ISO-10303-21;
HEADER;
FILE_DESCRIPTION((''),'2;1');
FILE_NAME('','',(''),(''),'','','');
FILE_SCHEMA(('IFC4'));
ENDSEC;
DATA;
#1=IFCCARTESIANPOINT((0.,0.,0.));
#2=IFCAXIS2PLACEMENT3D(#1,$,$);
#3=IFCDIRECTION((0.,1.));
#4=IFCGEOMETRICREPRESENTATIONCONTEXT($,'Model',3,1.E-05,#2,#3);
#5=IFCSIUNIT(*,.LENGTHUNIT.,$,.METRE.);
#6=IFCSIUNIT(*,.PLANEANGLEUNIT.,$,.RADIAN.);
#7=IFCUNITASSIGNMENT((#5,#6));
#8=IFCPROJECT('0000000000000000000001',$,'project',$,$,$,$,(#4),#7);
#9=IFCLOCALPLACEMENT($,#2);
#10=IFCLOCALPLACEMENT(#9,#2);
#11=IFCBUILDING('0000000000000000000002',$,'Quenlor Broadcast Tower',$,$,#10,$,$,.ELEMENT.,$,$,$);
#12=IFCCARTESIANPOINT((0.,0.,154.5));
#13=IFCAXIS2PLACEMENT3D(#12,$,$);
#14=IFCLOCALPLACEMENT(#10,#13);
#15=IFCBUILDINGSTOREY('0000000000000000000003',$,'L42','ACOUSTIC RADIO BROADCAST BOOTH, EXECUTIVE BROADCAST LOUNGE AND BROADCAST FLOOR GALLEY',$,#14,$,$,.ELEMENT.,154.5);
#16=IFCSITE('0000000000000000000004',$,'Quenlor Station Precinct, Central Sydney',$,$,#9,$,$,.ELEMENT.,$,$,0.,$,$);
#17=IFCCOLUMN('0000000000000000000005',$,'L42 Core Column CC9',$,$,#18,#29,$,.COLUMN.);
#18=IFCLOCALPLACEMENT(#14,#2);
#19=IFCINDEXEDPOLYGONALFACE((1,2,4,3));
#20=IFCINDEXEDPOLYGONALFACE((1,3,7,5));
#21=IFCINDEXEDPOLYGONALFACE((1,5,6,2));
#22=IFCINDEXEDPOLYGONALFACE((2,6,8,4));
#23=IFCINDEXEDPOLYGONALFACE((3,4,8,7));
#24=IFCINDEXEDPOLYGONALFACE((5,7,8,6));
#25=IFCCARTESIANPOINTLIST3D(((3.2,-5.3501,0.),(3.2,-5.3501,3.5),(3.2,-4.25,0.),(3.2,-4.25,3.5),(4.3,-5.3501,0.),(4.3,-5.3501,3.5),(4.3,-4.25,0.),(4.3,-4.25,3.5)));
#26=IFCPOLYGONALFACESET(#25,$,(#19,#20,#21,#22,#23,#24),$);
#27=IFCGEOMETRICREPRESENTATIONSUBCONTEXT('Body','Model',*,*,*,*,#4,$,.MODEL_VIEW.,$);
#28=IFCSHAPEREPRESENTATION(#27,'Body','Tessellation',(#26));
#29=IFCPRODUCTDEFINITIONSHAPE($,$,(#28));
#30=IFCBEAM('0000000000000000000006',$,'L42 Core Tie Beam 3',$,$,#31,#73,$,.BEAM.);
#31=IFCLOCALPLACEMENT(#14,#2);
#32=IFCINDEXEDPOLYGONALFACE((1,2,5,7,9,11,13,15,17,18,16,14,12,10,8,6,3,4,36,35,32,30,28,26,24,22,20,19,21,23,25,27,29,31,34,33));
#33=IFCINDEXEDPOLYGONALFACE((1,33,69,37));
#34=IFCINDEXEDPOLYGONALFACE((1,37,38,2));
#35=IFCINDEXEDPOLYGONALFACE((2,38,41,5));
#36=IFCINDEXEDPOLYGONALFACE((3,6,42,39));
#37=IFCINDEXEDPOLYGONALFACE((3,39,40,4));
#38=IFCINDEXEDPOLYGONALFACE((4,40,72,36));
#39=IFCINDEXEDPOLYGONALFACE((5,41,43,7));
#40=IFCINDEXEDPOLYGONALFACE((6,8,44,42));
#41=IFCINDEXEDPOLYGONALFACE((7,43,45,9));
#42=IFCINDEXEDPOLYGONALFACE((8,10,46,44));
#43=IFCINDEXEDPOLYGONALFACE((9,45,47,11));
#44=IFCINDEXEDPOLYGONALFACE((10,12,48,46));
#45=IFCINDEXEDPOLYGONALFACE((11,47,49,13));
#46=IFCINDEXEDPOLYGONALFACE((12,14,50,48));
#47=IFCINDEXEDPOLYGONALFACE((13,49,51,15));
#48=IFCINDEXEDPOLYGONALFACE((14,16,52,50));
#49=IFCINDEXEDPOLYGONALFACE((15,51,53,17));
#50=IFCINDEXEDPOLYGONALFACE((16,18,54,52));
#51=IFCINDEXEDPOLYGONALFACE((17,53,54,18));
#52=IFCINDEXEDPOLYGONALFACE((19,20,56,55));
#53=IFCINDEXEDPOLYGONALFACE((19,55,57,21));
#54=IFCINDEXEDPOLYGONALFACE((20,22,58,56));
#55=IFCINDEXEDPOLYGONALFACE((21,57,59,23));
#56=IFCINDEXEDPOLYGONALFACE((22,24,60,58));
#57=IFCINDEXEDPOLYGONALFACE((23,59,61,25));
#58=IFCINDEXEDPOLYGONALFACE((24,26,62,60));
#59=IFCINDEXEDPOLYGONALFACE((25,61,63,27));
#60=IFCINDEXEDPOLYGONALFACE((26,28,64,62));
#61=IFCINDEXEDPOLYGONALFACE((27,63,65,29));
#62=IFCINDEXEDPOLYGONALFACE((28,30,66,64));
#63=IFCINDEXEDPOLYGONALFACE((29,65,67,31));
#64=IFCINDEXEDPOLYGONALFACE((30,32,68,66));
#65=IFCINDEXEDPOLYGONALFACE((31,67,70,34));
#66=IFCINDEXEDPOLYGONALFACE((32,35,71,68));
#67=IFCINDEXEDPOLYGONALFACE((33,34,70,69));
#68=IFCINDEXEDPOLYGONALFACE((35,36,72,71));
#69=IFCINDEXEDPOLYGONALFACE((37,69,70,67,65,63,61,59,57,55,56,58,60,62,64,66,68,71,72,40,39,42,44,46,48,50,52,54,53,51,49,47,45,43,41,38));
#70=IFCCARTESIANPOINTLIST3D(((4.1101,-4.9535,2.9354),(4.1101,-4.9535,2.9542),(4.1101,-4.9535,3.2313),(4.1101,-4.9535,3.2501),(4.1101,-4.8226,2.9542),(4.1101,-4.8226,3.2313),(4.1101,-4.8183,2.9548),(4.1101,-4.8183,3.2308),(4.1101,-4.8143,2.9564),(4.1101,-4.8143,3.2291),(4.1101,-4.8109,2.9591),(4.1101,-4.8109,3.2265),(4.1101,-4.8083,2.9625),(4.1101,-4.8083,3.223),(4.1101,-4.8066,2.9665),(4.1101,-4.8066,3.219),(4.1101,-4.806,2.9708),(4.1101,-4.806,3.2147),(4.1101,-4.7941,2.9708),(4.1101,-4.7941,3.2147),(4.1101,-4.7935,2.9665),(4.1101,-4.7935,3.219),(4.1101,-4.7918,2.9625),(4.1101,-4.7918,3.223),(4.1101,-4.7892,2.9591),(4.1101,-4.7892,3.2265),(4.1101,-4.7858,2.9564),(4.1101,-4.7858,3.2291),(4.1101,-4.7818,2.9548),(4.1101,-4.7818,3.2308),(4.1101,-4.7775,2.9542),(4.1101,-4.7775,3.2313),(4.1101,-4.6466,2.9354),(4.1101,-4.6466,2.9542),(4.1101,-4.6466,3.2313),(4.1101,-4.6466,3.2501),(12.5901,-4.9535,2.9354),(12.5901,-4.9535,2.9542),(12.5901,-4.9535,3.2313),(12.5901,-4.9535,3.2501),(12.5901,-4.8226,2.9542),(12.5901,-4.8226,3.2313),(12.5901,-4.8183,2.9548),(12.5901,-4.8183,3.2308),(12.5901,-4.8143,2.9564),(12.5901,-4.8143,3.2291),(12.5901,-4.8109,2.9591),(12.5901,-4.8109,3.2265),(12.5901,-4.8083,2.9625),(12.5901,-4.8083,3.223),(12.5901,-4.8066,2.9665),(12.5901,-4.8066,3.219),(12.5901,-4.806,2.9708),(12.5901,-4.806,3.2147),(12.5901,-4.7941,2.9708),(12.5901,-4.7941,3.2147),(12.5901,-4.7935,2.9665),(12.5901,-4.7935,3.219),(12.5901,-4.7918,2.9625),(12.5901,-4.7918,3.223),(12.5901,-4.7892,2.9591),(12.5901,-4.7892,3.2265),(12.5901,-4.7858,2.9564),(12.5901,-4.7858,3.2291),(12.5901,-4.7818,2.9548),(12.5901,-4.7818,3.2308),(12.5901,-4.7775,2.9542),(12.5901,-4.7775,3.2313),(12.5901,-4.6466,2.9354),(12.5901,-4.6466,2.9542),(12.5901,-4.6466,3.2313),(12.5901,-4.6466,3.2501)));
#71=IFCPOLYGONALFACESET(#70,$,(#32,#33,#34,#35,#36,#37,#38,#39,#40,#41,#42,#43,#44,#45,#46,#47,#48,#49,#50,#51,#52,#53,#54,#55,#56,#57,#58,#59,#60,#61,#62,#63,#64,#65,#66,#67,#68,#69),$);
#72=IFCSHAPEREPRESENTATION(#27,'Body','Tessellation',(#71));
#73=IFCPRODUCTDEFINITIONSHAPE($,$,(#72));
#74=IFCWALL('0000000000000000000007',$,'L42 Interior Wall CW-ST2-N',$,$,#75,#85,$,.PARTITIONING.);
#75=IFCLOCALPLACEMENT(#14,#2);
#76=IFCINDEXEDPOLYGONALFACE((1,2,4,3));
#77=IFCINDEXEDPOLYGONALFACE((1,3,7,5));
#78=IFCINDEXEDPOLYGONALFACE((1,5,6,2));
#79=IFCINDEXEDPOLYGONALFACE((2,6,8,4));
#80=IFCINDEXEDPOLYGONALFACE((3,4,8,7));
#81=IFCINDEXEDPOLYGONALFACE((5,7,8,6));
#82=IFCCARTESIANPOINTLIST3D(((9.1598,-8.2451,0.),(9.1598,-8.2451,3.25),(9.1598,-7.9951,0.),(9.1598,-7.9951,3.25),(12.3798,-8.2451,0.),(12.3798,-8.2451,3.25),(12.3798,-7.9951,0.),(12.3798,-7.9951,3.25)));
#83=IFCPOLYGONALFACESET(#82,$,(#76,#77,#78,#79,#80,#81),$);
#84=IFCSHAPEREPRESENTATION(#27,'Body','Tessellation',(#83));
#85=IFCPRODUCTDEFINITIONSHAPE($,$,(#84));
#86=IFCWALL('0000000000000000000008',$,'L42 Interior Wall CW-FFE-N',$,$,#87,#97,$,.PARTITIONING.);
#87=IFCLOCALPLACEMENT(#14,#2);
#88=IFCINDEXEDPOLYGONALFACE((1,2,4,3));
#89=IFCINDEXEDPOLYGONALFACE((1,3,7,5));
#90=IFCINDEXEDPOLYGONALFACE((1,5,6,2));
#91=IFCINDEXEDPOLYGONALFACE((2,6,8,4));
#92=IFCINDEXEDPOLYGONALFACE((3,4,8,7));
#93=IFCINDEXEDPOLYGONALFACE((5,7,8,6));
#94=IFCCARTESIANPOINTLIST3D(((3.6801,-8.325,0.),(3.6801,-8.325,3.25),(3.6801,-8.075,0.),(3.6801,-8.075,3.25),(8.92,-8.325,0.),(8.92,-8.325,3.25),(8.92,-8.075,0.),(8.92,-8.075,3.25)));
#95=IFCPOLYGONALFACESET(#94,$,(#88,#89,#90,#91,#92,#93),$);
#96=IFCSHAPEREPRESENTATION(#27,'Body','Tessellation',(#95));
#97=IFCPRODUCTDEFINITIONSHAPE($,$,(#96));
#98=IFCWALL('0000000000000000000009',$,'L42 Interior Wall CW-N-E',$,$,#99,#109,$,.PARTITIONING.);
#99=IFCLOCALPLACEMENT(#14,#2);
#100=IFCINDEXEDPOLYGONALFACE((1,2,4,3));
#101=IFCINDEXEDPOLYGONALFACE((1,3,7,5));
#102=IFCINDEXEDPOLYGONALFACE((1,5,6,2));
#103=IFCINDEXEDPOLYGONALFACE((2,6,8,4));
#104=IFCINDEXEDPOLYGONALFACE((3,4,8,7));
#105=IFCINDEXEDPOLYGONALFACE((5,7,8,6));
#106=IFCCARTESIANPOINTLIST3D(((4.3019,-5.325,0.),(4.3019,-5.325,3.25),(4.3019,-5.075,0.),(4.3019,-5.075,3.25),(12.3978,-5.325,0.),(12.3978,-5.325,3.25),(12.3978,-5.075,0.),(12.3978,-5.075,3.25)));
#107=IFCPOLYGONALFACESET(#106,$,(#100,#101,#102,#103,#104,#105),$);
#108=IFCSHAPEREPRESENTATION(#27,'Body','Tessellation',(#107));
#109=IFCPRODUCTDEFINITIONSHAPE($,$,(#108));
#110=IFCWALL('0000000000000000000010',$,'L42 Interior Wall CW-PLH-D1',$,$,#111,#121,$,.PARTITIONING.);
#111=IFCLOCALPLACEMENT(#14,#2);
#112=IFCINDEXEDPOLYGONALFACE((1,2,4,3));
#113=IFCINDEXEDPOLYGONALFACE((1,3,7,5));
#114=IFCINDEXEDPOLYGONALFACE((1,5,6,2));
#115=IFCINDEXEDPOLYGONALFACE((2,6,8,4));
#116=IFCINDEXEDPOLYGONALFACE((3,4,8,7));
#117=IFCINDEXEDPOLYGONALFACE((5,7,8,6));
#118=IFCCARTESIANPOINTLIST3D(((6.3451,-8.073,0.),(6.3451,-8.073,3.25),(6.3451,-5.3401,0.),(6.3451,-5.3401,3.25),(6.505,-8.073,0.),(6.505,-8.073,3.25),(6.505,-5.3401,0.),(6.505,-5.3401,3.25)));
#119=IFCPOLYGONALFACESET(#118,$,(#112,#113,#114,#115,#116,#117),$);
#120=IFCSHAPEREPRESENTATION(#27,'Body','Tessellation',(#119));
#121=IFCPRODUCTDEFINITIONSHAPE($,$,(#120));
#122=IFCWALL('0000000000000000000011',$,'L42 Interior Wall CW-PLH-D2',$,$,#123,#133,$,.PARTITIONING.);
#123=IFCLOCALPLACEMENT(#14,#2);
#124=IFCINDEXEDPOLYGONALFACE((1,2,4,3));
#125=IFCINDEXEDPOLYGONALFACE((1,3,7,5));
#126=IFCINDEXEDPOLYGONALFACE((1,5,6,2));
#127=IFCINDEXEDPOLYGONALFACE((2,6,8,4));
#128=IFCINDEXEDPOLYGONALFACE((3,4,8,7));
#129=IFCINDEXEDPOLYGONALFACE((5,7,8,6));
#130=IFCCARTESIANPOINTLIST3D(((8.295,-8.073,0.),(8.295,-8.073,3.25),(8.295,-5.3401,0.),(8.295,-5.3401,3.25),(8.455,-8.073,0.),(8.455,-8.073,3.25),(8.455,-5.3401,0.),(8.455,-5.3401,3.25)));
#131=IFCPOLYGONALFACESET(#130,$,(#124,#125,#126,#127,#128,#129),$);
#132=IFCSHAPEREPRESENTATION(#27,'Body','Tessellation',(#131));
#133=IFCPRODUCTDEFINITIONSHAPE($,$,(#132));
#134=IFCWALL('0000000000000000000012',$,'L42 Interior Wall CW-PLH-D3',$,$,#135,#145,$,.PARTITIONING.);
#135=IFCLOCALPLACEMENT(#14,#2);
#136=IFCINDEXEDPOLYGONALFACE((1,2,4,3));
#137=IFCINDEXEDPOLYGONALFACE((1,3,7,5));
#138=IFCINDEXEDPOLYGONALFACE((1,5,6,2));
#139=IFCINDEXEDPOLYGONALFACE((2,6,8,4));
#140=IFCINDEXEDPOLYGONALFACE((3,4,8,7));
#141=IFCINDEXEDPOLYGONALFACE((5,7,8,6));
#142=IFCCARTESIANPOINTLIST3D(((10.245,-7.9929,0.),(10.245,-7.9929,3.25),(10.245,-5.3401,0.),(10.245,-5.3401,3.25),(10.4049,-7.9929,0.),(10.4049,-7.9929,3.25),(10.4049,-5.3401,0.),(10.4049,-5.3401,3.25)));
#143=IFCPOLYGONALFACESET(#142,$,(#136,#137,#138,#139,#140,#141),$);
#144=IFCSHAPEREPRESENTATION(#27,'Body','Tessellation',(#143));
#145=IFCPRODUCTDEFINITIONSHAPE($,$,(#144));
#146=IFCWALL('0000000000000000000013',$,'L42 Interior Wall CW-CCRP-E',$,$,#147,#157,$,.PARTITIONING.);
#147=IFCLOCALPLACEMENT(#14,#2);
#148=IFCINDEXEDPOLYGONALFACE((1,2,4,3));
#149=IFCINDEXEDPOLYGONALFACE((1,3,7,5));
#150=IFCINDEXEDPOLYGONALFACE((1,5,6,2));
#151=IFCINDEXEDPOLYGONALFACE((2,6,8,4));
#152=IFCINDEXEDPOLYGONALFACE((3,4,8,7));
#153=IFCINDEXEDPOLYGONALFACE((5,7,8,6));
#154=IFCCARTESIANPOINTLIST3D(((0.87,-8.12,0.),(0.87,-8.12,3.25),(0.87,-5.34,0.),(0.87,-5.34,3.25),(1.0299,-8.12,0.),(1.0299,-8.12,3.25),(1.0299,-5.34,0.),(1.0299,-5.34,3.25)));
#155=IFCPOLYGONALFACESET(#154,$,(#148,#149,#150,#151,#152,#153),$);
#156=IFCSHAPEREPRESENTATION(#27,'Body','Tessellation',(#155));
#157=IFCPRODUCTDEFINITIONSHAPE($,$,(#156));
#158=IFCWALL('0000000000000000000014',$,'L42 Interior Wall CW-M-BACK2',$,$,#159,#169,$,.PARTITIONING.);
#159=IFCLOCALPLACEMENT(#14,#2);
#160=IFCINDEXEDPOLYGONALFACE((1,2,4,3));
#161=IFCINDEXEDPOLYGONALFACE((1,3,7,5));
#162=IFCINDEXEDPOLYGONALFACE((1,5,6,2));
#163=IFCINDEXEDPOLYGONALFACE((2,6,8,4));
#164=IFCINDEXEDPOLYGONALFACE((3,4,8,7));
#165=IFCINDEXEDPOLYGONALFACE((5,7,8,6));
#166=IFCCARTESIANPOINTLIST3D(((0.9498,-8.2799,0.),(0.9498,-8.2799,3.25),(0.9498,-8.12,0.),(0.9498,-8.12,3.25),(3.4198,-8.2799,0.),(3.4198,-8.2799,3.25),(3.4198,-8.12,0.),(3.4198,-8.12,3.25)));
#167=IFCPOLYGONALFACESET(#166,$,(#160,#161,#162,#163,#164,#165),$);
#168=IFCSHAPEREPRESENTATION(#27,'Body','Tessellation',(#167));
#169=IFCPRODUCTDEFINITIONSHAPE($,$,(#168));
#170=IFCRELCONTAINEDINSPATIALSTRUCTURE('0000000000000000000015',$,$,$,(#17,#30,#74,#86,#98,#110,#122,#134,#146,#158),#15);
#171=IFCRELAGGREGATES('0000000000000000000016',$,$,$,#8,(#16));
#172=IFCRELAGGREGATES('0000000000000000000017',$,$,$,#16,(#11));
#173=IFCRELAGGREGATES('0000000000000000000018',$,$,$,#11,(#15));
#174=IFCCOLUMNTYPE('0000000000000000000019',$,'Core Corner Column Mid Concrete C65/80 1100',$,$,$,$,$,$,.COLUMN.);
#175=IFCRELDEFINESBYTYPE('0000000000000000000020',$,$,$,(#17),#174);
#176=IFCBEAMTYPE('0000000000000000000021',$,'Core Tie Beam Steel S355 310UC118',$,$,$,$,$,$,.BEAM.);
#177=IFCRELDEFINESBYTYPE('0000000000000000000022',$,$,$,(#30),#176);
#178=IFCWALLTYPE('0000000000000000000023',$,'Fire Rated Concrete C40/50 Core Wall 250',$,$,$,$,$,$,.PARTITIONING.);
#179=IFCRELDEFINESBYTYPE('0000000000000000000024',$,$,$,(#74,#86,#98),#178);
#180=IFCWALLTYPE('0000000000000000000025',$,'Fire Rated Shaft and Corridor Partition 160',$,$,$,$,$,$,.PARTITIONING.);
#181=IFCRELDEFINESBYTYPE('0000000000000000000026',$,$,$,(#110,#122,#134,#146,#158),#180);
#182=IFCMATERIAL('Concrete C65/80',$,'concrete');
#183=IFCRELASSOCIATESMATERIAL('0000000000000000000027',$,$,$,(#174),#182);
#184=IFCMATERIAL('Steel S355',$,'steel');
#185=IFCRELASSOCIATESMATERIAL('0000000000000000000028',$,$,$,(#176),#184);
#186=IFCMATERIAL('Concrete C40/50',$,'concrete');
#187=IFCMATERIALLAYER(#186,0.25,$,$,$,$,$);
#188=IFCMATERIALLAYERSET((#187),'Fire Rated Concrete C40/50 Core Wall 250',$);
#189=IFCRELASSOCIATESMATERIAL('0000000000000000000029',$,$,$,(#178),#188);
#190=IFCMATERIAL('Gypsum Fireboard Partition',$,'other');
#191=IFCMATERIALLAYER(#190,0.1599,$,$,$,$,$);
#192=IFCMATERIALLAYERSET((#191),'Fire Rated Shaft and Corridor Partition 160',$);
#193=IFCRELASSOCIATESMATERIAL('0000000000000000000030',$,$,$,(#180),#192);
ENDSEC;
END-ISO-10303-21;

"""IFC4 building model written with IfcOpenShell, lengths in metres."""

from ifc_helpers import new_model, si_unit, direction, frame, frame_2d, origin, origin_2d, place, context, subcontext, project, spatial, rectangle, i_section, extrude, material, layer, layer_set, material_profile, profile_set, type_object, element, save


model = new_model("IFC4")

# Units and contexts
model_context = context("Model", 3, precision=1e-05, world=origin(), true_north=direction((0.0, 1.0)))
body_context = subcontext(model_context, "Body", "Model", "MODEL_VIEW")
ifc_project = project(units=[si_unit("LENGTHUNIT", "METRE"), si_unit("PLANEANGLEUNIT", "RADIAN")], contexts=[model_context])

# Site, building, storey
site_placement = place(None, origin())
site = spatial("IfcSite", under=ifc_project, at=site_placement, Name="Quenlor Station Precinct, Central Sydney", CompositionType="ELEMENT", RefElevation=0.0)
building_placement = place(site_placement, origin())
building = spatial("IfcBuilding", under=site, at=building_placement, Name="Quenlor Broadcast Tower", CompositionType="ELEMENT")
storey_placement = place(building_placement, frame((0.0, 0.0, 154.5)))
storey = spatial("IfcBuildingStorey", under=building, at=storey_placement, Name="L42", Description="ACOUSTIC RADIO BROADCAST BOOTH, EXECUTIVE BROADCAST LOUNGE AND BROADCAST FLOOR GALLEY", CompositionType="ELEMENT", Elevation=154.5)

# Column
ifc_material_1 = material(Name="Concrete C65/80", Category="concrete")
ifc_material_profile_1 = material_profile(ifc_material_1, rectangle(XDim=1.1001, YDim=1.1001, at=origin_2d()))
ifc_profile_set_1 = profile_set([ifc_material_profile_1], Name="Concrete C65/80 RC1100x1100")
column_type = type_object("IfcColumnType", Name="Core Corner Column Mid Concrete C65/80 1100", PredefinedType="COLUMN", material=ifc_profile_set_1)
column_placement = place(storey_placement, frame((3.75, -4.8, 0.0), z_axis=(0.0, 0.0, 1.0), x_axis=(1.0, 0.0, 0.0)))
element("IfcColumn", 1, at=column_placement, inside=storey, type_object=column_type, Name="L42 Core Column CC9", PredefinedType="COLUMN", context=body_context, shape_type="SweptSolid", body=[
    extrude(rectangle(XDim=1.1001, YDim=1.1001, at=origin_2d()), origin(), (0.0, 0.0, 1.0), 3.5),
])

# Beam
ifc_material_2 = material(Name="Steel S355", Category="steel")
ifc_material_profile_2 = material_profile(ifc_material_2, i_section(OverallWidth=0.3069, OverallDepth=0.3147, WebThickness=0.012, FlangeThickness=0.0188, FilletRadius=0.0166, at=origin_2d()))
ifc_profile_set_2 = profile_set([ifc_material_profile_2], Name="Steel S355 310UC118")
beam_type = type_object("IfcBeamType", Name="Core Tie Beam Steel S355 310UC118", PredefinedType="BEAM", material=ifc_profile_set_2)
beam_placement = place(storey_placement, frame((4.1101, -4.8, 3.0928), z_axis=(1.0, 0.0, 0.0), x_axis=(0.0, 1.0, 0.0)))
element("IfcBeam", 2, at=beam_placement, inside=storey, type_object=beam_type, Name="L42 Core Tie Beam 3", PredefinedType="BEAM", context=body_context, shape_type="SweptSolid", body=[
    extrude(i_section(OverallWidth=0.3069, OverallDepth=0.3147, WebThickness=0.012, FlangeThickness=0.0188, FilletRadius=0.0166, at=origin_2d()), origin(), (0.0, 0.0, 1.0), 8.48),
])

# Shared definitions
ifc_material_3 = material(Name="Concrete C40/50", Category="concrete")
ifc_layer_1 = layer(ifc_material_3, 0.25)
ifc_layer_set_1 = layer_set([ifc_layer_1], Name="Fire Rated Concrete C40/50 Core Wall 250")
wall_type_1 = type_object("IfcWallType", Name="Fire Rated Concrete C40/50 Core Wall 250", PredefinedType="PARTITIONING", material=ifc_layer_set_1)

# Walls
wall_1_placement = place(storey_placement, frame((9.1599, -8.1201, 0.0), z_axis=(0.0, 0.0, 1.0), x_axis=(1.0, 0.0, 0.0)))
element("IfcWall", 3, at=wall_1_placement, inside=storey, type_object=wall_type_1, Name="L42 Interior Wall CW-ST2-N", PredefinedType="PARTITIONING", context=body_context, shape_type="SweptSolid", body=[
    extrude(rectangle(XDim=3.22, YDim=0.25, at=frame_2d((1.6099, 0.0))), origin(), (0.0, 0.0, 1.0), 3.25),
])
wall_2_placement = place(storey_placement, frame((3.6799, -8.2, 0.0), z_axis=(0.0, 0.0, 1.0), x_axis=(1.0, 0.0, 0.0)))
element("IfcWall", 4, at=wall_2_placement, inside=storey, type_object=wall_type_1, Name="L42 Interior Wall CW-FFE-N", PredefinedType="PARTITIONING", context=body_context, shape_type="SweptSolid", body=[
    extrude(rectangle(XDim=5.24, YDim=0.25, at=frame_2d((2.6201, 0.0))), origin(), (0.0, 0.0, 1.0), 3.25),
])
wall_3_placement = place(storey_placement, frame((4.302, -5.2, 0.0), z_axis=(0.0, 0.0, 1.0), x_axis=(1.0, 0.0, 0.0)))
element("IfcWall", 5, at=wall_3_placement, inside=storey, type_object=wall_type_1, Name="L42 Interior Wall CW-N-E", PredefinedType="PARTITIONING", context=body_context, shape_type="SweptSolid", body=[
    extrude(rectangle(XDim=8.0959, YDim=0.25, at=frame_2d((4.0479, 0.0))), origin(), (0.0, 0.0, 1.0), 3.25),
])

# Walls
ifc_material_4 = material(Name="Gypsum Fireboard Partition", Category="other")
ifc_layer_2 = layer(ifc_material_4, 0.1599)
ifc_layer_set_2 = layer_set([ifc_layer_2], Name="Fire Rated Shaft and Corridor Partition 160")
wall_type_2 = type_object("IfcWallType", Name="Fire Rated Shaft and Corridor Partition 160", PredefinedType="PARTITIONING", material=ifc_layer_set_2)
for number, where, z_axis, x_axis, name in (
    (6, (6.425, -8.073, 0.0), (0.0, 0.0, 1.0), (0.0, 1.0, 0.0), "L42 Interior Wall CW-PLH-D1"),
    (7, (8.375, -8.073, 0.0), (0.0, 0.0, 1.0), (0.0, 1.0, 0.0), "L42 Interior Wall CW-PLH-D2"),
):
    element("IfcWall", number, at=place(storey_placement, frame(where, z_axis=z_axis, x_axis=x_axis)), inside=storey, type_object=wall_type_2, Name=name, PredefinedType="PARTITIONING", context=body_context, shape_type="SweptSolid", body=[
        extrude(rectangle(XDim=2.7329, YDim=0.1599, at=frame_2d((1.3665, 0.0))), origin(), (0.0, 0.0, 1.0), 3.25),
    ])
wall_4_placement = place(storey_placement, frame((10.325, -7.9929, 0.0), z_axis=(0.0, 0.0, 1.0), x_axis=(0.0, 1.0, 0.0)))
element("IfcWall", 8, at=wall_4_placement, inside=storey, type_object=wall_type_2, Name="L42 Interior Wall CW-PLH-D3", PredefinedType="PARTITIONING", context=body_context, shape_type="SweptSolid", body=[
    extrude(rectangle(XDim=2.6528, YDim=0.1599, at=frame_2d((1.3264, 0.0))), origin(), (0.0, 0.0, 1.0), 3.25),
])
wall_5_placement = place(storey_placement, frame((0.95, -8.1201, 0.0), z_axis=(0.0, 0.0, 1.0), x_axis=(0.0, 1.0, 0.0)))
element("IfcWall", 9, at=wall_5_placement, inside=storey, type_object=wall_type_2, Name="L42 Interior Wall CW-CCRP-E", PredefinedType="PARTITIONING", context=body_context, shape_type="SweptSolid", body=[
    extrude(rectangle(XDim=2.78, YDim=0.1599, at=frame_2d((1.3901, 0.0))), origin(), (0.0, 0.0, 1.0), 3.25),
])
wall_6_placement = place(storey_placement, frame((0.95, -8.2, 0.0), z_axis=(0.0, 0.0, 1.0), x_axis=(1.0, 0.0, 0.0)))
element("IfcWall", 10, at=wall_6_placement, inside=storey, type_object=wall_type_2, Name="L42 Interior Wall CW-M-BACK2", PredefinedType="PARTITIONING", context=body_context, shape_type="SweptSolid", body=[
    extrude(rectangle(XDim=2.47, YDim=0.1599, at=frame_2d((1.2349, 0.0))), origin(), (0.0, 0.0, 1.0), 3.25),
])

save(model, "model.ifc")
